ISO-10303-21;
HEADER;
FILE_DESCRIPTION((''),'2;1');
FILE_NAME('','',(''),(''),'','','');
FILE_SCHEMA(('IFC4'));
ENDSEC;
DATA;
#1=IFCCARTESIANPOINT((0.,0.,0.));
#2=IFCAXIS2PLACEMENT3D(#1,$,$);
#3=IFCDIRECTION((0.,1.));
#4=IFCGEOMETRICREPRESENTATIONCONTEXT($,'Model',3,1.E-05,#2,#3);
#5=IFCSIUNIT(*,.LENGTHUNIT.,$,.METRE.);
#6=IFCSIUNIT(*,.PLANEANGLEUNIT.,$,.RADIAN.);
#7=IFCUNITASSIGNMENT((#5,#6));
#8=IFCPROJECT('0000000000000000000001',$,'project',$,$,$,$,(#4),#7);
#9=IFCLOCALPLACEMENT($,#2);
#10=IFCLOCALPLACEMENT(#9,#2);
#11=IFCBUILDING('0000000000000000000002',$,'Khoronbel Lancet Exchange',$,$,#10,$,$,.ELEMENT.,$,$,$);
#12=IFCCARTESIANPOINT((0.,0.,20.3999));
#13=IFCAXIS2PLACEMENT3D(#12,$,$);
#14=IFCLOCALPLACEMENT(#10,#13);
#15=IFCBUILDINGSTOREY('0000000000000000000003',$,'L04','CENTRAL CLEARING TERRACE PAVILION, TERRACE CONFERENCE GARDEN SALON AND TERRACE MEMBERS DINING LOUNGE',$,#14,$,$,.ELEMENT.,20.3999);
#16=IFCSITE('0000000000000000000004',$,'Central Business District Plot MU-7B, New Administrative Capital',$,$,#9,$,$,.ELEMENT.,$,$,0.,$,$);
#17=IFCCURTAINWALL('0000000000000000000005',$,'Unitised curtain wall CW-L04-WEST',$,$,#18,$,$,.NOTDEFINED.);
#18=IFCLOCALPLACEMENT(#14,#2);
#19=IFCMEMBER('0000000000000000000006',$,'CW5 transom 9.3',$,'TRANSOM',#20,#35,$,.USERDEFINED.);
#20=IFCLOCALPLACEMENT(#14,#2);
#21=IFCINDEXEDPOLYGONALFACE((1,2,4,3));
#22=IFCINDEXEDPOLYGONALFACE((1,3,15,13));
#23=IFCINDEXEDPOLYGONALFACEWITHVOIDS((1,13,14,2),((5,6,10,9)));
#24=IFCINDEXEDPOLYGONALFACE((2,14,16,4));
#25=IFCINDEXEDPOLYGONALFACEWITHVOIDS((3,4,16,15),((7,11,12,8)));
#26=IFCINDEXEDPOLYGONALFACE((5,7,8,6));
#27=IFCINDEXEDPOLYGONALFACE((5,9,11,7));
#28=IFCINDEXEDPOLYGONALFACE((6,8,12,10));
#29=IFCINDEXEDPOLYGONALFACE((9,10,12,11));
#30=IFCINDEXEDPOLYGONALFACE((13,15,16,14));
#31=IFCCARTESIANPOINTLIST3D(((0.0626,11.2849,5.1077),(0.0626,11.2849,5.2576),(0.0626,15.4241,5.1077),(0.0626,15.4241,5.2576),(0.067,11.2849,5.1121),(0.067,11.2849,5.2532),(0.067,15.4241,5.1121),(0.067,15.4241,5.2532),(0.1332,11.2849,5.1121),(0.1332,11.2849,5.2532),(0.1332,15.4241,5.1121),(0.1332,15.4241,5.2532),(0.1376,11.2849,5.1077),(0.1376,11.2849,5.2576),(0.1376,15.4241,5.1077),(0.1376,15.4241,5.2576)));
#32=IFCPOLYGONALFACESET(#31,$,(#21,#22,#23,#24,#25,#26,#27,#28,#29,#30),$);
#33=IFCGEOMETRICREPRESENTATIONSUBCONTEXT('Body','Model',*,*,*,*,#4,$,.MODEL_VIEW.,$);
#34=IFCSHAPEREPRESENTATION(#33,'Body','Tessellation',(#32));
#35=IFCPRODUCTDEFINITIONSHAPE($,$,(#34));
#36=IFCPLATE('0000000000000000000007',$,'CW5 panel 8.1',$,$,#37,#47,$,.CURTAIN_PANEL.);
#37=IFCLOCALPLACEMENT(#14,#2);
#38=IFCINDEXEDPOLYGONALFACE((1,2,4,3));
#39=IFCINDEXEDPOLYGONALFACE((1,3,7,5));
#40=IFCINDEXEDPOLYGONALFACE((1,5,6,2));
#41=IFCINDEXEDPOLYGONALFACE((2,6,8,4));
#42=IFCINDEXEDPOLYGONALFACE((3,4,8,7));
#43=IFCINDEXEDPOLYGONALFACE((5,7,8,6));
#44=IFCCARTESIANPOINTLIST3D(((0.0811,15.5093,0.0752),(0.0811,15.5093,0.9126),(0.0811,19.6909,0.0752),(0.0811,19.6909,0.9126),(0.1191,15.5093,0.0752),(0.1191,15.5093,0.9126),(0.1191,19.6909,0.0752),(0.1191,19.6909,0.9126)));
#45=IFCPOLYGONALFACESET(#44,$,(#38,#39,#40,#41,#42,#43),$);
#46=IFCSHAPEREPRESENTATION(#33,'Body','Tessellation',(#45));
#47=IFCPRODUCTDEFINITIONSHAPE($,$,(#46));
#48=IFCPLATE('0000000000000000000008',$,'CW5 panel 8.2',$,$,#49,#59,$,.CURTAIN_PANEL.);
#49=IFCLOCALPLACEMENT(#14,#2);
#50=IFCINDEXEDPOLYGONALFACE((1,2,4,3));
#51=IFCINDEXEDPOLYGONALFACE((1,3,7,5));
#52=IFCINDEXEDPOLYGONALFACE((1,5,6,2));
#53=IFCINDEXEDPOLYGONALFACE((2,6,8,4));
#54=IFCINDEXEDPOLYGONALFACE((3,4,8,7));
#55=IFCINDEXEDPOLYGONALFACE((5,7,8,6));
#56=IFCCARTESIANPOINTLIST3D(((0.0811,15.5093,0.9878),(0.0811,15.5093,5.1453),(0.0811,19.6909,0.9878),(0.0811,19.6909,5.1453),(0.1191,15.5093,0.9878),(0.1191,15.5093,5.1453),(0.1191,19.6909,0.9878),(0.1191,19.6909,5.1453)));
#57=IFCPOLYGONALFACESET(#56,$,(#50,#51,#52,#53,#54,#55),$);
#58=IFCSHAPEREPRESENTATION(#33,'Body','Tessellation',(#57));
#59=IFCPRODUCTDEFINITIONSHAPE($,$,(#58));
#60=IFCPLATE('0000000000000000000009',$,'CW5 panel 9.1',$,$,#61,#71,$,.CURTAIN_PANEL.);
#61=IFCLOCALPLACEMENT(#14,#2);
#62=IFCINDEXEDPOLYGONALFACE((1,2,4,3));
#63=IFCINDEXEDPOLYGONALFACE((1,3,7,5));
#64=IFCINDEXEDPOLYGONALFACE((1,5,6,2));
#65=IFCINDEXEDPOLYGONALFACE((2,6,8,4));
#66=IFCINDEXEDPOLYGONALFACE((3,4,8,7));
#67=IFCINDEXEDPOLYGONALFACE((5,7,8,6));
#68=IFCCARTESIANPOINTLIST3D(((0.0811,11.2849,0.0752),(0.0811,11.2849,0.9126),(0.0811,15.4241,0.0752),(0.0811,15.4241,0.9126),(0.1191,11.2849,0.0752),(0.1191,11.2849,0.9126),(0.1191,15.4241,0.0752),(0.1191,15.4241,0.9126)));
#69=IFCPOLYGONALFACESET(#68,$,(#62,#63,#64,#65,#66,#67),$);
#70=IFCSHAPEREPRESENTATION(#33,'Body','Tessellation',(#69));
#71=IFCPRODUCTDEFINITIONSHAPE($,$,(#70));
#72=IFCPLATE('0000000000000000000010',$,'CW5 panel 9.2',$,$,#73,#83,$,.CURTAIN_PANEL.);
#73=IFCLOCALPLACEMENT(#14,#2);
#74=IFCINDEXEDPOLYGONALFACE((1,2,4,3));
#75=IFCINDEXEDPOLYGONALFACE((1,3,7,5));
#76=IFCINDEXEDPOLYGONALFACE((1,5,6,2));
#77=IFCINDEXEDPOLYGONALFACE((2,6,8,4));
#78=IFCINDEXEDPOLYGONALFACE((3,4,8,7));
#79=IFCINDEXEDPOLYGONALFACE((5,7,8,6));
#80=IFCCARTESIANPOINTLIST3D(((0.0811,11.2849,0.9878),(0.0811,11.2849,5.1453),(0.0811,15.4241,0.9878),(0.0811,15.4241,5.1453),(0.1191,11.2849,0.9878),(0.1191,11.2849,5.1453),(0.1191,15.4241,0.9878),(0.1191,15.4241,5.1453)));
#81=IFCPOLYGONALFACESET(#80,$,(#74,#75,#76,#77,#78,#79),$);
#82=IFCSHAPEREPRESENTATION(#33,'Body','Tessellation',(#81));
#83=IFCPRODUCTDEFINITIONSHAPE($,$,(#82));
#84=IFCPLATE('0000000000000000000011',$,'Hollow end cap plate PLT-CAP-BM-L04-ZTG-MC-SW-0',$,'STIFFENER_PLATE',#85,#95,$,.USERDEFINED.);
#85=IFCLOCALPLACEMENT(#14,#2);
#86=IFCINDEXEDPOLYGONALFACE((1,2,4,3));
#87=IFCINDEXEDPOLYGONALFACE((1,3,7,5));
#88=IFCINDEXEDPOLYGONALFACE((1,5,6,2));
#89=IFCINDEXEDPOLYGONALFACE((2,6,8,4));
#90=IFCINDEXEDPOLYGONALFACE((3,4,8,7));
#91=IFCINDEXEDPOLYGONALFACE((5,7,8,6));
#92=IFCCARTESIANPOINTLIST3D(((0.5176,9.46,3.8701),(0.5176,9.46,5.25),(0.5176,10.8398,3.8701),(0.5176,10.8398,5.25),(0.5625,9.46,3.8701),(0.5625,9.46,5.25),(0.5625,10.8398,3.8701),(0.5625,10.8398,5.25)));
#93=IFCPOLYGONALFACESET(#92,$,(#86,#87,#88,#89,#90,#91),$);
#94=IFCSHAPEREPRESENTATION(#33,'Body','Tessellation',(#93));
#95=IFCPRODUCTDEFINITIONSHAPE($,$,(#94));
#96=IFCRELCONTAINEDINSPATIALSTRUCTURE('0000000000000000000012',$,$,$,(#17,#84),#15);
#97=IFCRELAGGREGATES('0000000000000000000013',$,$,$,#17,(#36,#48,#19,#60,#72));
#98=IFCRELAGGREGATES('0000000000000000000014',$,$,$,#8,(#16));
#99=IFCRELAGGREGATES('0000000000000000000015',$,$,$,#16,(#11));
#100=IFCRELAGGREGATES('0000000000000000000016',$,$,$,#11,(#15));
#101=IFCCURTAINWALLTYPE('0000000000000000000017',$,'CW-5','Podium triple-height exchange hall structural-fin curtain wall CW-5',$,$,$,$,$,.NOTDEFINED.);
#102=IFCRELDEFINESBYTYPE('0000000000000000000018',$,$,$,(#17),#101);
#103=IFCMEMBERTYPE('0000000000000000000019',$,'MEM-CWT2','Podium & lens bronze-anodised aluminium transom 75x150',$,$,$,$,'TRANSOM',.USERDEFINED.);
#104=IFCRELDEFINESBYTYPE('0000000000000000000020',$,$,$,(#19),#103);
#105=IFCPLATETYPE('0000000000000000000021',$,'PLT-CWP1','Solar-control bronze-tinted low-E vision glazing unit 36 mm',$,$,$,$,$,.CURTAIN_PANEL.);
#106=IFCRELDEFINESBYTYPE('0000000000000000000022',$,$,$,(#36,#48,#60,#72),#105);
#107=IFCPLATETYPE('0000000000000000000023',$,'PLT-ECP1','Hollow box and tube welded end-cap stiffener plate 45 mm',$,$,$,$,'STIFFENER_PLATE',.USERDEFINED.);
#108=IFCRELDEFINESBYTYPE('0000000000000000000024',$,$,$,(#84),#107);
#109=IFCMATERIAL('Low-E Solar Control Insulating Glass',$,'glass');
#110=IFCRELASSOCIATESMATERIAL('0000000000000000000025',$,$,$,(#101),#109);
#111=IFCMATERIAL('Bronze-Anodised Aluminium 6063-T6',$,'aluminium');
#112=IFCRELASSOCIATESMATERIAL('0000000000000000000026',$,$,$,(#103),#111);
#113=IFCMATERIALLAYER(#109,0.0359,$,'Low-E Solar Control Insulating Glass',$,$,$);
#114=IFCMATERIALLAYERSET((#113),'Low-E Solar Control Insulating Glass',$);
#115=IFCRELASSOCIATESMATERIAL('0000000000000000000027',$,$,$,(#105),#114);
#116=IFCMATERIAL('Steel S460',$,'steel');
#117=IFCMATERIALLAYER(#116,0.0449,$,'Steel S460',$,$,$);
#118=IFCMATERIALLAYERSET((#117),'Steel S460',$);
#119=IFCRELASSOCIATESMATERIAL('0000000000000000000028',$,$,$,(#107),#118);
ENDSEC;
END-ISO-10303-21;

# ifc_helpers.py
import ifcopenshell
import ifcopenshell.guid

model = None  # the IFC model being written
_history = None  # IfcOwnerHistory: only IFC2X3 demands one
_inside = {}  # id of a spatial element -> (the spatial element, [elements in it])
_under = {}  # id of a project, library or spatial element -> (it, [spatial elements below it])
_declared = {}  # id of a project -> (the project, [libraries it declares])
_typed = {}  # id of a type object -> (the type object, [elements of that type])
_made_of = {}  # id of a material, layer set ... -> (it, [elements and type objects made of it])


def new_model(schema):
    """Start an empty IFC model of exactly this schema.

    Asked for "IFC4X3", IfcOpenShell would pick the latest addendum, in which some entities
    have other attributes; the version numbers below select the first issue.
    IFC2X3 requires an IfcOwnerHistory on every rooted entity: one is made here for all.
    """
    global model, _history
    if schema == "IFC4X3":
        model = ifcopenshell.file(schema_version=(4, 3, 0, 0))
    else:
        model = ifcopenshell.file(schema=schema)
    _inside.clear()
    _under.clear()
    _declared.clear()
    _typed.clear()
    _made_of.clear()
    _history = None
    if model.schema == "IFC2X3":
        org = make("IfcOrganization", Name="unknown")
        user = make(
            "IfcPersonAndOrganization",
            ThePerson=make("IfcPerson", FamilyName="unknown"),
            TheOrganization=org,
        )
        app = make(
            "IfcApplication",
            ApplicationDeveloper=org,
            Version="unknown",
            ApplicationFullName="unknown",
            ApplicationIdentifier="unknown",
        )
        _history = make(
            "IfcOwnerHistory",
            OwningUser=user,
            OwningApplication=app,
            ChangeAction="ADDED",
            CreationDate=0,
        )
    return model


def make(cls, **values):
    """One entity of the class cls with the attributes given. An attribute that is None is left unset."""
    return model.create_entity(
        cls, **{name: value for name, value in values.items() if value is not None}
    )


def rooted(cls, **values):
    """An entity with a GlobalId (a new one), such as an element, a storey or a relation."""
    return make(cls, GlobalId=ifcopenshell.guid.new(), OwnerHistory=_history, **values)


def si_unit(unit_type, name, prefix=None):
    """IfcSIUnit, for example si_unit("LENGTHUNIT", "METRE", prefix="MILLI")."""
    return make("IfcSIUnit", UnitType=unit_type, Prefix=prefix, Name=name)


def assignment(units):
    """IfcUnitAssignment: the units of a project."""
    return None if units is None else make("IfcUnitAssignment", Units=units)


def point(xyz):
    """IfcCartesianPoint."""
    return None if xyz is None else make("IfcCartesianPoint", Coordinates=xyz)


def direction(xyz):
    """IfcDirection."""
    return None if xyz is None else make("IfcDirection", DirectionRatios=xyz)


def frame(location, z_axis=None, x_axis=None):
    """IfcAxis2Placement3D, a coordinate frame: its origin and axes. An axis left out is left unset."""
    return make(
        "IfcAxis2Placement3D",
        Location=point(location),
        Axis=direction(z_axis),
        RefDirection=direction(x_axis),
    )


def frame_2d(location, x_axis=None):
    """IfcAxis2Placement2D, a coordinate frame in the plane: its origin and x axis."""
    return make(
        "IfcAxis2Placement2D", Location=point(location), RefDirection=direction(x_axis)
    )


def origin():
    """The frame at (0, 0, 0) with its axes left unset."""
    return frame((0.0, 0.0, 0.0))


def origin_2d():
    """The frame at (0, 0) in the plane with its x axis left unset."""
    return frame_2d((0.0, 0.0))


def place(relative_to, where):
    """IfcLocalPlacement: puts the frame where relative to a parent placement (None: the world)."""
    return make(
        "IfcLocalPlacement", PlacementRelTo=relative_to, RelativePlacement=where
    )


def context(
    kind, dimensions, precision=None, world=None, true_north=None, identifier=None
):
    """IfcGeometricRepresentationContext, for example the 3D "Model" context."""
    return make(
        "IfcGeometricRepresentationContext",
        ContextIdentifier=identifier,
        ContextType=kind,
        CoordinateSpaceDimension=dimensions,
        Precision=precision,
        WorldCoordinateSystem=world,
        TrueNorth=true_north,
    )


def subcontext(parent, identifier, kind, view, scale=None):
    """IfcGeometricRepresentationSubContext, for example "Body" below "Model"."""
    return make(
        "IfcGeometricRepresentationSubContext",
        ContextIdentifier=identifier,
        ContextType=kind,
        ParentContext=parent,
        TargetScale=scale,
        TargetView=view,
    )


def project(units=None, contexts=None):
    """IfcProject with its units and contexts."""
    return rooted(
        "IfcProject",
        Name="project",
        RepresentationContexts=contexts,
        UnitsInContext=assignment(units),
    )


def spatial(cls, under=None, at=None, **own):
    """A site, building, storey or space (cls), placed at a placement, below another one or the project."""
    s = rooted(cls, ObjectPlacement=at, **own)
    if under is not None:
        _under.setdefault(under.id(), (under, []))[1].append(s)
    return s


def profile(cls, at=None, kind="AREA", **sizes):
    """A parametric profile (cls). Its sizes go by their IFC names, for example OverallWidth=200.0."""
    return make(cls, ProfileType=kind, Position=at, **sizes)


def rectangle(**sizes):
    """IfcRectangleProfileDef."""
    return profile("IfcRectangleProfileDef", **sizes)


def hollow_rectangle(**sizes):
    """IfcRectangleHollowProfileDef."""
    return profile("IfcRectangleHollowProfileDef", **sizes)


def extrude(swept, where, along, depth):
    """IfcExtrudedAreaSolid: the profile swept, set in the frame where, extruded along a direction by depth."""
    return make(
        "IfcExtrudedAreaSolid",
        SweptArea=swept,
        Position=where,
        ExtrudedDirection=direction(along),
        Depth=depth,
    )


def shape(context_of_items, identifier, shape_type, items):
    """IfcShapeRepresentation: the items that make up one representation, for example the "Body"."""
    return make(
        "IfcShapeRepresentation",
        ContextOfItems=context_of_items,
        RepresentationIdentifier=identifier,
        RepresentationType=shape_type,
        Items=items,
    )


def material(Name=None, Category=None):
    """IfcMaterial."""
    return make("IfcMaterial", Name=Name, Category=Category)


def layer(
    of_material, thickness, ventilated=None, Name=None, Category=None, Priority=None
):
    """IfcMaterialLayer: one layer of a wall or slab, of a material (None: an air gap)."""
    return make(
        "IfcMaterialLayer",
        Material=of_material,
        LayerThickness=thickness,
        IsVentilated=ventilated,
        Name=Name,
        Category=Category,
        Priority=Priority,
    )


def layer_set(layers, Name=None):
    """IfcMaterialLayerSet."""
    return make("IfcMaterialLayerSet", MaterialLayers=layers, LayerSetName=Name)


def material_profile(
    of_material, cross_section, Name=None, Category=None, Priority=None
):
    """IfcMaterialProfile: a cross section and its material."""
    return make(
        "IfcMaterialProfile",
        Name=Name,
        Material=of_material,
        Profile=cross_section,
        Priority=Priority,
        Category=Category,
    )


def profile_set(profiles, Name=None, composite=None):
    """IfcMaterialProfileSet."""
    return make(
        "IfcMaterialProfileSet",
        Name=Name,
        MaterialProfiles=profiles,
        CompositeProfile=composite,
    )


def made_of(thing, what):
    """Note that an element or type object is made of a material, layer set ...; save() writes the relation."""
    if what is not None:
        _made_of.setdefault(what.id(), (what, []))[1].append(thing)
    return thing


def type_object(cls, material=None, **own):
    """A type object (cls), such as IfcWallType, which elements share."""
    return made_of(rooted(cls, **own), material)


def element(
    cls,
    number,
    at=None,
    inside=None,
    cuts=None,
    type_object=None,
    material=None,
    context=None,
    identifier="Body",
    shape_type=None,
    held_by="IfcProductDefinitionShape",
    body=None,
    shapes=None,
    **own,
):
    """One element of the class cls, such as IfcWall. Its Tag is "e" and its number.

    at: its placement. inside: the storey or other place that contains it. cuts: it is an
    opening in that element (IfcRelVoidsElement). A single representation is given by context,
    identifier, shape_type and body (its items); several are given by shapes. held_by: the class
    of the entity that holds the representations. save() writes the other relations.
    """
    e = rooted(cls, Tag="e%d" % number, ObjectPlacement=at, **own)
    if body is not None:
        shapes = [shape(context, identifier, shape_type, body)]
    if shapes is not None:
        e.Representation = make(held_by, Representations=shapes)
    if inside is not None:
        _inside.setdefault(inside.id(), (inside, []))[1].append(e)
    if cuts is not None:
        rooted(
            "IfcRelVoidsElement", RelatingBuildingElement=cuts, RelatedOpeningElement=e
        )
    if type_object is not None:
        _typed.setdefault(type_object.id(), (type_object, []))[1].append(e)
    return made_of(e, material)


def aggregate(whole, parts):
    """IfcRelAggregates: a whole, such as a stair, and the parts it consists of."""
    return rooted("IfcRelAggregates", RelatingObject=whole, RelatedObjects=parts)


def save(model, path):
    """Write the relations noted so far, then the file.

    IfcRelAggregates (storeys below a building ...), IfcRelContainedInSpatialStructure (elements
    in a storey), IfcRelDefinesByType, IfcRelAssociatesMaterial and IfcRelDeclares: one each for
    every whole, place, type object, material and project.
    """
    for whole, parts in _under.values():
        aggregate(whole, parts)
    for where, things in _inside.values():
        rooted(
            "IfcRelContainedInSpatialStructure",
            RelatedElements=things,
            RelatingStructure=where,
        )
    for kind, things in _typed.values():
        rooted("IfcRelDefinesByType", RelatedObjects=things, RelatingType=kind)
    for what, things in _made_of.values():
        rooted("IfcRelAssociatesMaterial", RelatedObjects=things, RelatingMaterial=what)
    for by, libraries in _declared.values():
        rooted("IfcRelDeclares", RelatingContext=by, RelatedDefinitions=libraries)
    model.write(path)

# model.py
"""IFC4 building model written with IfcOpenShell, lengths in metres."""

from ifc_helpers import new_model, si_unit, direction, frame, origin, origin_2d, place, context, subcontext, project, spatial, rectangle, hollow_rectangle, extrude, material, layer, layer_set, material_profile, profile_set, type_object, element, aggregate, save


model = new_model("IFC4")

# Units and contexts
model_context = context("Model", 3, precision=1e-05, world=origin(), true_north=direction((0.0, 1.0)))
body_context = subcontext(model_context, "Body", "Model", "MODEL_VIEW")
ifc_project = project(units=[si_unit("LENGTHUNIT", "METRE"), si_unit("PLANEANGLEUNIT", "RADIAN")], contexts=[model_context])

# Site, building, storey
site_placement = place(None, origin())
site = spatial("IfcSite", under=ifc_project, at=site_placement, Name="Central Business District Plot MU-7B, New Administrative Capital", CompositionType="ELEMENT", RefElevation=0.0)
building_placement = place(site_placement, origin())
building = spatial("IfcBuilding", under=site, at=building_placement, Name="Khoronbel Lancet Exchange", CompositionType="ELEMENT")
storey_placement = place(building_placement, frame((0.0, 0.0, 20.3999)))
storey = spatial("IfcBuildingStorey", under=building, at=storey_placement, Name="L04", Description="CENTRAL CLEARING TERRACE PAVILION, TERRACE CONFERENCE GARDEN SALON AND TERRACE MEMBERS DINING LOUNGE", CompositionType="ELEMENT", Elevation=20.3999)

# Shared definitions
ifc_material_1 = material(Name="Steel S460", Category="steel")

# Curtain wall, member, plates
ifc_material_2 = material(Name="Low-E Solar Control Insulating Glass", Category="glass")
curtain_wall_type = type_object("IfcCurtainWallType", Name="CW-5", Description="Podium triple-height exchange hall structural-fin curtain wall CW-5", PredefinedType="NOTDEFINED", material=ifc_material_2)
curtain_wall_placement = place(storey_placement, origin())
curtain_wall = element("IfcCurtainWall", 1, at=curtain_wall_placement, inside=storey, type_object=curtain_wall_type, Name="Unitised curtain wall CW-L04-WEST", PredefinedType="NOTDEFINED")
ifc_material_3 = material(Name="Bronze-Anodised Aluminium 6063-T6", Category="aluminium")
ifc_material_profile_1 = material_profile(ifc_material_3, hollow_rectangle(XDim=0.075, YDim=0.1499, WallThickness=0.0044, at=origin_2d()), Name="ALU TRANSOM 75x150")
ifc_profile_set_1 = profile_set([ifc_material_profile_1], Name="Bronze-Anodised Aluminium 6063-T6")
member_type_1 = type_object("IfcMemberType", Name="MEM-CWT2", Description="Podium & lens bronze-anodised aluminium transom 75x150", ElementType="TRANSOM", PredefinedType="USERDEFINED", material=ifc_profile_set_1)
member_1_placement = place(storey_placement, frame((0.1001, 15.4241, 5.1826), z_axis=(0.0, -1.0, 0.0), x_axis=(1.0, 0.0, 0.0)))
member_1 = element("IfcMember", 2, at=member_1_placement, type_object=member_type_1, Name="CW5 transom 9.3", ObjectType="TRANSOM", PredefinedType="USERDEFINED", context=body_context, shape_type="SweptSolid", body=[
    extrude(hollow_rectangle(XDim=0.075, YDim=0.1499, WallThickness=0.0044, at=origin_2d()), origin(), (0.0, 0.0, 1.0), 4.1392),
])
ifc_layer_1 = layer(ifc_material_2, 0.0359, Name="Low-E Solar Control Insulating Glass")
ifc_layer_set_1 = layer_set([ifc_layer_1], Name="Low-E Solar Control Insulating Glass")
plate_type_1 = type_object("IfcPlateType", Name="PLT-CWP1", Description="Solar-control bronze-tinted low-E vision glazing unit 36 mm", PredefinedType="CURTAIN_PANEL", material=ifc_layer_set_1)
plate_1_placement = place(storey_placement, frame((0.1001, 17.6001, 0.0752), z_axis=(0.0, 0.0, 1.0), x_axis=(0.0, -1.0, 0.0)))
plate_1 = element("IfcPlate", 3, at=plate_1_placement, type_object=plate_type_1, Name="CW5 panel 8.1", PredefinedType="CURTAIN_PANEL", context=body_context, shape_type="SweptSolid", body=[
    extrude(rectangle(XDim=4.1816, YDim=0.0381, at=origin_2d()), origin(), (0.0, 0.0, 1.0), 0.8374),
])
plate_2_placement = place(storey_placement, frame((0.1001, 17.6001, 0.9878), z_axis=(0.0, 0.0, 1.0), x_axis=(0.0, -1.0, 0.0)))
plate_2 = element("IfcPlate", 4, at=plate_2_placement, type_object=plate_type_1, Name="CW5 panel 8.2", PredefinedType="CURTAIN_PANEL", context=body_context, shape_type="SweptSolid", body=[
    extrude(rectangle(XDim=4.1816, YDim=0.0381, at=origin_2d()), origin(), (0.0, 0.0, 1.0), 4.1575),
])
plate_3_placement = place(storey_placement, frame((0.1001, 13.3545, 0.0752), z_axis=(0.0, 0.0, 1.0), x_axis=(0.0, -1.0, 0.0)))
plate_3 = element("IfcPlate", 5, at=plate_3_placement, type_object=plate_type_1, Name="CW5 panel 9.1", PredefinedType="CURTAIN_PANEL", context=body_context, shape_type="SweptSolid", body=[
    extrude(rectangle(XDim=4.1392, YDim=0.0381, at=origin_2d()), origin(), (0.0, 0.0, 1.0), 0.8374),
])
plate_4_placement = place(storey_placement, frame((0.1001, 13.3545, 0.9878), z_axis=(0.0, 0.0, 1.0), x_axis=(0.0, -1.0, 0.0)))
plate_4 = element("IfcPlate", 6, at=plate_4_placement, type_object=plate_type_1, Name="CW5 panel 9.2", PredefinedType="CURTAIN_PANEL", context=body_context, shape_type="SweptSolid", body=[
    extrude(rectangle(XDim=4.1392, YDim=0.0381, at=origin_2d()), origin(), (0.0, 0.0, 1.0), 4.1575),
])
aggregate(curtain_wall, [plate_1, plate_2, member_1, plate_3, plate_4])

# Plate
ifc_layer_2 = layer(ifc_material_1, 0.0449, Name="Steel S460")
ifc_layer_set_2 = layer_set([ifc_layer_2], Name="Steel S460")
plate_type_2 = type_object("IfcPlateType", Name="PLT-ECP1", Description="Hollow box and tube welded end-cap stiffener plate 45 mm", ElementType="STIFFENER_PLATE", PredefinedType="USERDEFINED", material=ifc_layer_set_2)
plate_5_placement = place(storey_placement, frame((0.54, 10.1499, 3.8701), z_axis=(0.0, 0.0, 1.0), x_axis=(-1.0, 0.0, 0.0)))
element("IfcPlate", 7, at=plate_5_placement, inside=storey, type_object=plate_type_2, Name="Hollow end cap plate PLT-CAP-BM-L04-ZTG-MC-SW-0", ObjectType="STIFFENER_PLATE", PredefinedType="USERDEFINED", context=body_context, shape_type="SweptSolid", body=[
    extrude(rectangle(XDim=0.0449, YDim=1.3799, at=origin_2d()), origin(), (0.0, 0.0, 1.0), 1.3799),
])

save(model, "model.ifc")
